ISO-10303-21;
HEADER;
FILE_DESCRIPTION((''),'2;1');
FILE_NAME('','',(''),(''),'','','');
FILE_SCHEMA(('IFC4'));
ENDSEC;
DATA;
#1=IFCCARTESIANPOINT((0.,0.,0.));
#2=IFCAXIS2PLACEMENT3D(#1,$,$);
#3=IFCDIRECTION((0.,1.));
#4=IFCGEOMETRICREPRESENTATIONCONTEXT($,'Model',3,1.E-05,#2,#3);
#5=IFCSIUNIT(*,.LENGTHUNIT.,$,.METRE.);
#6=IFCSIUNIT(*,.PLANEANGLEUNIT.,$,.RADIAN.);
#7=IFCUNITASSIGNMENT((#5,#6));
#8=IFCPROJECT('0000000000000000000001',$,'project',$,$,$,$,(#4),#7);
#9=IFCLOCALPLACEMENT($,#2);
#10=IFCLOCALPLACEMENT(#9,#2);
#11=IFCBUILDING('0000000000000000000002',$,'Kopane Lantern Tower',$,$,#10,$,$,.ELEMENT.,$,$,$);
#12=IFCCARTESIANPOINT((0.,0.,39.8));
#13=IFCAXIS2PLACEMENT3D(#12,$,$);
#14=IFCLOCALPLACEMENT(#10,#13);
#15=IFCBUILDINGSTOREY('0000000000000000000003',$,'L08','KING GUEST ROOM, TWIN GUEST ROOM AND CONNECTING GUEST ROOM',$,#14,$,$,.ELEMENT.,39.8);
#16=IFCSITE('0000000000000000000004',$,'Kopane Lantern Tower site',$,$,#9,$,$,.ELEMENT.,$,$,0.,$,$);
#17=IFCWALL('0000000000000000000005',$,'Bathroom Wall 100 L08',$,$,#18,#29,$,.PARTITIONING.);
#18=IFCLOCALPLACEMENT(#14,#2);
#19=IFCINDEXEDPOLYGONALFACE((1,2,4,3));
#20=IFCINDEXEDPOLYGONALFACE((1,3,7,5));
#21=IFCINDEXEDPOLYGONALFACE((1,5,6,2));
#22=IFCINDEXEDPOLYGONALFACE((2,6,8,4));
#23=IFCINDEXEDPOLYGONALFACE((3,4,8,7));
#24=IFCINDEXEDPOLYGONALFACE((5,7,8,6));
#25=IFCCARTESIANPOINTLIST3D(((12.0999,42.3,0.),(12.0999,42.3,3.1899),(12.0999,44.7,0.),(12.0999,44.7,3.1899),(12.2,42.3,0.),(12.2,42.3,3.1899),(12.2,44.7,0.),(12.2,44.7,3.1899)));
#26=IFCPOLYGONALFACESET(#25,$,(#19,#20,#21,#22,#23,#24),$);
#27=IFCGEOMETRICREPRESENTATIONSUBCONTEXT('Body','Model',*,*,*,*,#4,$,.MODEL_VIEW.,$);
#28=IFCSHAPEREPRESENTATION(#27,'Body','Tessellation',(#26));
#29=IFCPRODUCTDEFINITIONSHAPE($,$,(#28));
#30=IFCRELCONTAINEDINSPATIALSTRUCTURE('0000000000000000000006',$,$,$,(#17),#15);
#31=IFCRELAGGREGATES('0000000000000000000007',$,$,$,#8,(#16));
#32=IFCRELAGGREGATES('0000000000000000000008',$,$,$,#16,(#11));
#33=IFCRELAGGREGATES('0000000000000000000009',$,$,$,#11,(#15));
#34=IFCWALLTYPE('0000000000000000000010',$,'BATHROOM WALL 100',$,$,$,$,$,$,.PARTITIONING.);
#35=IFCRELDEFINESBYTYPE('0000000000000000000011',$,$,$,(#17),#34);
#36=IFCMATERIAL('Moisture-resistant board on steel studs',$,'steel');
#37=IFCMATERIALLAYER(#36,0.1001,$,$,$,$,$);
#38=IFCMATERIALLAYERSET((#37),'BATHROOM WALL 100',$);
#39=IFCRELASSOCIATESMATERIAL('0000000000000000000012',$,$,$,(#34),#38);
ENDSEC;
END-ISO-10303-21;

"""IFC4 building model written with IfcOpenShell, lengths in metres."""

from ifc_helpers import new_model, si_unit, direction, frame, frame_2d, origin, place, context, subcontext, project, spatial, rectangle, extrude, material, layer, layer_set, type_object, element, save


model = new_model("IFC4")

# Units and contexts
model_context = context("Model", 3, precision=1e-05, world=origin(), true_north=direction((0.0, 1.0)))
body_context = subcontext(model_context, "Body", "Model", "MODEL_VIEW")
ifc_project = project(units=[si_unit("LENGTHUNIT", "METRE"), si_unit("PLANEANGLEUNIT", "RADIAN")], contexts=[model_context])

# Site, building, storey
site_placement = place(None, origin())
site = spatial("IfcSite", under=ifc_project, at=site_placement, Name="Kopane Lantern Tower site", CompositionType="ELEMENT", RefElevation=0.0)
building_placement = place(site_placement, origin())
building = spatial("IfcBuilding", under=site, at=building_placement, Name="Kopane Lantern Tower", CompositionType="ELEMENT")
storey_placement = place(building_placement, frame((0.0, 0.0, 39.8)))
storey = spatial("IfcBuildingStorey", under=building, at=storey_placement, Name="L08", Description="KING GUEST ROOM, TWIN GUEST ROOM AND CONNECTING GUEST ROOM", CompositionType="ELEMENT", Elevation=39.8)

# Wall
ifc_material_1 = material(Name="Moisture-resistant board on steel studs", Category="steel")
ifc_layer_1 = layer(ifc_material_1, 0.1001)
ifc_layer_set_1 = layer_set([ifc_layer_1], Name="BATHROOM WALL 100")
wall_type_1 = type_object("IfcWallType", Name="BATHROOM WALL 100", PredefinedType="PARTITIONING", material=ifc_layer_set_1)
wall_1_placement = place(storey_placement, frame((12.1499, 42.3, 0.0), z_axis=(0.0, 0.0, 1.0), x_axis=(0.0, 1.0, 0.0)))
element("IfcWall", 1, at=wall_1_placement, inside=storey, type_object=wall_type_1, Name="Bathroom Wall 100 L08", PredefinedType="PARTITIONING", context=body_context, shape_type="SweptSolid", body=[
    extrude(rectangle(XDim=2.3999, YDim=0.1001, at=frame_2d((1.2, 0.0))), origin(), (0.0, 0.0, 1.0), 3.1899),
])

save(model, "model.ifc")
